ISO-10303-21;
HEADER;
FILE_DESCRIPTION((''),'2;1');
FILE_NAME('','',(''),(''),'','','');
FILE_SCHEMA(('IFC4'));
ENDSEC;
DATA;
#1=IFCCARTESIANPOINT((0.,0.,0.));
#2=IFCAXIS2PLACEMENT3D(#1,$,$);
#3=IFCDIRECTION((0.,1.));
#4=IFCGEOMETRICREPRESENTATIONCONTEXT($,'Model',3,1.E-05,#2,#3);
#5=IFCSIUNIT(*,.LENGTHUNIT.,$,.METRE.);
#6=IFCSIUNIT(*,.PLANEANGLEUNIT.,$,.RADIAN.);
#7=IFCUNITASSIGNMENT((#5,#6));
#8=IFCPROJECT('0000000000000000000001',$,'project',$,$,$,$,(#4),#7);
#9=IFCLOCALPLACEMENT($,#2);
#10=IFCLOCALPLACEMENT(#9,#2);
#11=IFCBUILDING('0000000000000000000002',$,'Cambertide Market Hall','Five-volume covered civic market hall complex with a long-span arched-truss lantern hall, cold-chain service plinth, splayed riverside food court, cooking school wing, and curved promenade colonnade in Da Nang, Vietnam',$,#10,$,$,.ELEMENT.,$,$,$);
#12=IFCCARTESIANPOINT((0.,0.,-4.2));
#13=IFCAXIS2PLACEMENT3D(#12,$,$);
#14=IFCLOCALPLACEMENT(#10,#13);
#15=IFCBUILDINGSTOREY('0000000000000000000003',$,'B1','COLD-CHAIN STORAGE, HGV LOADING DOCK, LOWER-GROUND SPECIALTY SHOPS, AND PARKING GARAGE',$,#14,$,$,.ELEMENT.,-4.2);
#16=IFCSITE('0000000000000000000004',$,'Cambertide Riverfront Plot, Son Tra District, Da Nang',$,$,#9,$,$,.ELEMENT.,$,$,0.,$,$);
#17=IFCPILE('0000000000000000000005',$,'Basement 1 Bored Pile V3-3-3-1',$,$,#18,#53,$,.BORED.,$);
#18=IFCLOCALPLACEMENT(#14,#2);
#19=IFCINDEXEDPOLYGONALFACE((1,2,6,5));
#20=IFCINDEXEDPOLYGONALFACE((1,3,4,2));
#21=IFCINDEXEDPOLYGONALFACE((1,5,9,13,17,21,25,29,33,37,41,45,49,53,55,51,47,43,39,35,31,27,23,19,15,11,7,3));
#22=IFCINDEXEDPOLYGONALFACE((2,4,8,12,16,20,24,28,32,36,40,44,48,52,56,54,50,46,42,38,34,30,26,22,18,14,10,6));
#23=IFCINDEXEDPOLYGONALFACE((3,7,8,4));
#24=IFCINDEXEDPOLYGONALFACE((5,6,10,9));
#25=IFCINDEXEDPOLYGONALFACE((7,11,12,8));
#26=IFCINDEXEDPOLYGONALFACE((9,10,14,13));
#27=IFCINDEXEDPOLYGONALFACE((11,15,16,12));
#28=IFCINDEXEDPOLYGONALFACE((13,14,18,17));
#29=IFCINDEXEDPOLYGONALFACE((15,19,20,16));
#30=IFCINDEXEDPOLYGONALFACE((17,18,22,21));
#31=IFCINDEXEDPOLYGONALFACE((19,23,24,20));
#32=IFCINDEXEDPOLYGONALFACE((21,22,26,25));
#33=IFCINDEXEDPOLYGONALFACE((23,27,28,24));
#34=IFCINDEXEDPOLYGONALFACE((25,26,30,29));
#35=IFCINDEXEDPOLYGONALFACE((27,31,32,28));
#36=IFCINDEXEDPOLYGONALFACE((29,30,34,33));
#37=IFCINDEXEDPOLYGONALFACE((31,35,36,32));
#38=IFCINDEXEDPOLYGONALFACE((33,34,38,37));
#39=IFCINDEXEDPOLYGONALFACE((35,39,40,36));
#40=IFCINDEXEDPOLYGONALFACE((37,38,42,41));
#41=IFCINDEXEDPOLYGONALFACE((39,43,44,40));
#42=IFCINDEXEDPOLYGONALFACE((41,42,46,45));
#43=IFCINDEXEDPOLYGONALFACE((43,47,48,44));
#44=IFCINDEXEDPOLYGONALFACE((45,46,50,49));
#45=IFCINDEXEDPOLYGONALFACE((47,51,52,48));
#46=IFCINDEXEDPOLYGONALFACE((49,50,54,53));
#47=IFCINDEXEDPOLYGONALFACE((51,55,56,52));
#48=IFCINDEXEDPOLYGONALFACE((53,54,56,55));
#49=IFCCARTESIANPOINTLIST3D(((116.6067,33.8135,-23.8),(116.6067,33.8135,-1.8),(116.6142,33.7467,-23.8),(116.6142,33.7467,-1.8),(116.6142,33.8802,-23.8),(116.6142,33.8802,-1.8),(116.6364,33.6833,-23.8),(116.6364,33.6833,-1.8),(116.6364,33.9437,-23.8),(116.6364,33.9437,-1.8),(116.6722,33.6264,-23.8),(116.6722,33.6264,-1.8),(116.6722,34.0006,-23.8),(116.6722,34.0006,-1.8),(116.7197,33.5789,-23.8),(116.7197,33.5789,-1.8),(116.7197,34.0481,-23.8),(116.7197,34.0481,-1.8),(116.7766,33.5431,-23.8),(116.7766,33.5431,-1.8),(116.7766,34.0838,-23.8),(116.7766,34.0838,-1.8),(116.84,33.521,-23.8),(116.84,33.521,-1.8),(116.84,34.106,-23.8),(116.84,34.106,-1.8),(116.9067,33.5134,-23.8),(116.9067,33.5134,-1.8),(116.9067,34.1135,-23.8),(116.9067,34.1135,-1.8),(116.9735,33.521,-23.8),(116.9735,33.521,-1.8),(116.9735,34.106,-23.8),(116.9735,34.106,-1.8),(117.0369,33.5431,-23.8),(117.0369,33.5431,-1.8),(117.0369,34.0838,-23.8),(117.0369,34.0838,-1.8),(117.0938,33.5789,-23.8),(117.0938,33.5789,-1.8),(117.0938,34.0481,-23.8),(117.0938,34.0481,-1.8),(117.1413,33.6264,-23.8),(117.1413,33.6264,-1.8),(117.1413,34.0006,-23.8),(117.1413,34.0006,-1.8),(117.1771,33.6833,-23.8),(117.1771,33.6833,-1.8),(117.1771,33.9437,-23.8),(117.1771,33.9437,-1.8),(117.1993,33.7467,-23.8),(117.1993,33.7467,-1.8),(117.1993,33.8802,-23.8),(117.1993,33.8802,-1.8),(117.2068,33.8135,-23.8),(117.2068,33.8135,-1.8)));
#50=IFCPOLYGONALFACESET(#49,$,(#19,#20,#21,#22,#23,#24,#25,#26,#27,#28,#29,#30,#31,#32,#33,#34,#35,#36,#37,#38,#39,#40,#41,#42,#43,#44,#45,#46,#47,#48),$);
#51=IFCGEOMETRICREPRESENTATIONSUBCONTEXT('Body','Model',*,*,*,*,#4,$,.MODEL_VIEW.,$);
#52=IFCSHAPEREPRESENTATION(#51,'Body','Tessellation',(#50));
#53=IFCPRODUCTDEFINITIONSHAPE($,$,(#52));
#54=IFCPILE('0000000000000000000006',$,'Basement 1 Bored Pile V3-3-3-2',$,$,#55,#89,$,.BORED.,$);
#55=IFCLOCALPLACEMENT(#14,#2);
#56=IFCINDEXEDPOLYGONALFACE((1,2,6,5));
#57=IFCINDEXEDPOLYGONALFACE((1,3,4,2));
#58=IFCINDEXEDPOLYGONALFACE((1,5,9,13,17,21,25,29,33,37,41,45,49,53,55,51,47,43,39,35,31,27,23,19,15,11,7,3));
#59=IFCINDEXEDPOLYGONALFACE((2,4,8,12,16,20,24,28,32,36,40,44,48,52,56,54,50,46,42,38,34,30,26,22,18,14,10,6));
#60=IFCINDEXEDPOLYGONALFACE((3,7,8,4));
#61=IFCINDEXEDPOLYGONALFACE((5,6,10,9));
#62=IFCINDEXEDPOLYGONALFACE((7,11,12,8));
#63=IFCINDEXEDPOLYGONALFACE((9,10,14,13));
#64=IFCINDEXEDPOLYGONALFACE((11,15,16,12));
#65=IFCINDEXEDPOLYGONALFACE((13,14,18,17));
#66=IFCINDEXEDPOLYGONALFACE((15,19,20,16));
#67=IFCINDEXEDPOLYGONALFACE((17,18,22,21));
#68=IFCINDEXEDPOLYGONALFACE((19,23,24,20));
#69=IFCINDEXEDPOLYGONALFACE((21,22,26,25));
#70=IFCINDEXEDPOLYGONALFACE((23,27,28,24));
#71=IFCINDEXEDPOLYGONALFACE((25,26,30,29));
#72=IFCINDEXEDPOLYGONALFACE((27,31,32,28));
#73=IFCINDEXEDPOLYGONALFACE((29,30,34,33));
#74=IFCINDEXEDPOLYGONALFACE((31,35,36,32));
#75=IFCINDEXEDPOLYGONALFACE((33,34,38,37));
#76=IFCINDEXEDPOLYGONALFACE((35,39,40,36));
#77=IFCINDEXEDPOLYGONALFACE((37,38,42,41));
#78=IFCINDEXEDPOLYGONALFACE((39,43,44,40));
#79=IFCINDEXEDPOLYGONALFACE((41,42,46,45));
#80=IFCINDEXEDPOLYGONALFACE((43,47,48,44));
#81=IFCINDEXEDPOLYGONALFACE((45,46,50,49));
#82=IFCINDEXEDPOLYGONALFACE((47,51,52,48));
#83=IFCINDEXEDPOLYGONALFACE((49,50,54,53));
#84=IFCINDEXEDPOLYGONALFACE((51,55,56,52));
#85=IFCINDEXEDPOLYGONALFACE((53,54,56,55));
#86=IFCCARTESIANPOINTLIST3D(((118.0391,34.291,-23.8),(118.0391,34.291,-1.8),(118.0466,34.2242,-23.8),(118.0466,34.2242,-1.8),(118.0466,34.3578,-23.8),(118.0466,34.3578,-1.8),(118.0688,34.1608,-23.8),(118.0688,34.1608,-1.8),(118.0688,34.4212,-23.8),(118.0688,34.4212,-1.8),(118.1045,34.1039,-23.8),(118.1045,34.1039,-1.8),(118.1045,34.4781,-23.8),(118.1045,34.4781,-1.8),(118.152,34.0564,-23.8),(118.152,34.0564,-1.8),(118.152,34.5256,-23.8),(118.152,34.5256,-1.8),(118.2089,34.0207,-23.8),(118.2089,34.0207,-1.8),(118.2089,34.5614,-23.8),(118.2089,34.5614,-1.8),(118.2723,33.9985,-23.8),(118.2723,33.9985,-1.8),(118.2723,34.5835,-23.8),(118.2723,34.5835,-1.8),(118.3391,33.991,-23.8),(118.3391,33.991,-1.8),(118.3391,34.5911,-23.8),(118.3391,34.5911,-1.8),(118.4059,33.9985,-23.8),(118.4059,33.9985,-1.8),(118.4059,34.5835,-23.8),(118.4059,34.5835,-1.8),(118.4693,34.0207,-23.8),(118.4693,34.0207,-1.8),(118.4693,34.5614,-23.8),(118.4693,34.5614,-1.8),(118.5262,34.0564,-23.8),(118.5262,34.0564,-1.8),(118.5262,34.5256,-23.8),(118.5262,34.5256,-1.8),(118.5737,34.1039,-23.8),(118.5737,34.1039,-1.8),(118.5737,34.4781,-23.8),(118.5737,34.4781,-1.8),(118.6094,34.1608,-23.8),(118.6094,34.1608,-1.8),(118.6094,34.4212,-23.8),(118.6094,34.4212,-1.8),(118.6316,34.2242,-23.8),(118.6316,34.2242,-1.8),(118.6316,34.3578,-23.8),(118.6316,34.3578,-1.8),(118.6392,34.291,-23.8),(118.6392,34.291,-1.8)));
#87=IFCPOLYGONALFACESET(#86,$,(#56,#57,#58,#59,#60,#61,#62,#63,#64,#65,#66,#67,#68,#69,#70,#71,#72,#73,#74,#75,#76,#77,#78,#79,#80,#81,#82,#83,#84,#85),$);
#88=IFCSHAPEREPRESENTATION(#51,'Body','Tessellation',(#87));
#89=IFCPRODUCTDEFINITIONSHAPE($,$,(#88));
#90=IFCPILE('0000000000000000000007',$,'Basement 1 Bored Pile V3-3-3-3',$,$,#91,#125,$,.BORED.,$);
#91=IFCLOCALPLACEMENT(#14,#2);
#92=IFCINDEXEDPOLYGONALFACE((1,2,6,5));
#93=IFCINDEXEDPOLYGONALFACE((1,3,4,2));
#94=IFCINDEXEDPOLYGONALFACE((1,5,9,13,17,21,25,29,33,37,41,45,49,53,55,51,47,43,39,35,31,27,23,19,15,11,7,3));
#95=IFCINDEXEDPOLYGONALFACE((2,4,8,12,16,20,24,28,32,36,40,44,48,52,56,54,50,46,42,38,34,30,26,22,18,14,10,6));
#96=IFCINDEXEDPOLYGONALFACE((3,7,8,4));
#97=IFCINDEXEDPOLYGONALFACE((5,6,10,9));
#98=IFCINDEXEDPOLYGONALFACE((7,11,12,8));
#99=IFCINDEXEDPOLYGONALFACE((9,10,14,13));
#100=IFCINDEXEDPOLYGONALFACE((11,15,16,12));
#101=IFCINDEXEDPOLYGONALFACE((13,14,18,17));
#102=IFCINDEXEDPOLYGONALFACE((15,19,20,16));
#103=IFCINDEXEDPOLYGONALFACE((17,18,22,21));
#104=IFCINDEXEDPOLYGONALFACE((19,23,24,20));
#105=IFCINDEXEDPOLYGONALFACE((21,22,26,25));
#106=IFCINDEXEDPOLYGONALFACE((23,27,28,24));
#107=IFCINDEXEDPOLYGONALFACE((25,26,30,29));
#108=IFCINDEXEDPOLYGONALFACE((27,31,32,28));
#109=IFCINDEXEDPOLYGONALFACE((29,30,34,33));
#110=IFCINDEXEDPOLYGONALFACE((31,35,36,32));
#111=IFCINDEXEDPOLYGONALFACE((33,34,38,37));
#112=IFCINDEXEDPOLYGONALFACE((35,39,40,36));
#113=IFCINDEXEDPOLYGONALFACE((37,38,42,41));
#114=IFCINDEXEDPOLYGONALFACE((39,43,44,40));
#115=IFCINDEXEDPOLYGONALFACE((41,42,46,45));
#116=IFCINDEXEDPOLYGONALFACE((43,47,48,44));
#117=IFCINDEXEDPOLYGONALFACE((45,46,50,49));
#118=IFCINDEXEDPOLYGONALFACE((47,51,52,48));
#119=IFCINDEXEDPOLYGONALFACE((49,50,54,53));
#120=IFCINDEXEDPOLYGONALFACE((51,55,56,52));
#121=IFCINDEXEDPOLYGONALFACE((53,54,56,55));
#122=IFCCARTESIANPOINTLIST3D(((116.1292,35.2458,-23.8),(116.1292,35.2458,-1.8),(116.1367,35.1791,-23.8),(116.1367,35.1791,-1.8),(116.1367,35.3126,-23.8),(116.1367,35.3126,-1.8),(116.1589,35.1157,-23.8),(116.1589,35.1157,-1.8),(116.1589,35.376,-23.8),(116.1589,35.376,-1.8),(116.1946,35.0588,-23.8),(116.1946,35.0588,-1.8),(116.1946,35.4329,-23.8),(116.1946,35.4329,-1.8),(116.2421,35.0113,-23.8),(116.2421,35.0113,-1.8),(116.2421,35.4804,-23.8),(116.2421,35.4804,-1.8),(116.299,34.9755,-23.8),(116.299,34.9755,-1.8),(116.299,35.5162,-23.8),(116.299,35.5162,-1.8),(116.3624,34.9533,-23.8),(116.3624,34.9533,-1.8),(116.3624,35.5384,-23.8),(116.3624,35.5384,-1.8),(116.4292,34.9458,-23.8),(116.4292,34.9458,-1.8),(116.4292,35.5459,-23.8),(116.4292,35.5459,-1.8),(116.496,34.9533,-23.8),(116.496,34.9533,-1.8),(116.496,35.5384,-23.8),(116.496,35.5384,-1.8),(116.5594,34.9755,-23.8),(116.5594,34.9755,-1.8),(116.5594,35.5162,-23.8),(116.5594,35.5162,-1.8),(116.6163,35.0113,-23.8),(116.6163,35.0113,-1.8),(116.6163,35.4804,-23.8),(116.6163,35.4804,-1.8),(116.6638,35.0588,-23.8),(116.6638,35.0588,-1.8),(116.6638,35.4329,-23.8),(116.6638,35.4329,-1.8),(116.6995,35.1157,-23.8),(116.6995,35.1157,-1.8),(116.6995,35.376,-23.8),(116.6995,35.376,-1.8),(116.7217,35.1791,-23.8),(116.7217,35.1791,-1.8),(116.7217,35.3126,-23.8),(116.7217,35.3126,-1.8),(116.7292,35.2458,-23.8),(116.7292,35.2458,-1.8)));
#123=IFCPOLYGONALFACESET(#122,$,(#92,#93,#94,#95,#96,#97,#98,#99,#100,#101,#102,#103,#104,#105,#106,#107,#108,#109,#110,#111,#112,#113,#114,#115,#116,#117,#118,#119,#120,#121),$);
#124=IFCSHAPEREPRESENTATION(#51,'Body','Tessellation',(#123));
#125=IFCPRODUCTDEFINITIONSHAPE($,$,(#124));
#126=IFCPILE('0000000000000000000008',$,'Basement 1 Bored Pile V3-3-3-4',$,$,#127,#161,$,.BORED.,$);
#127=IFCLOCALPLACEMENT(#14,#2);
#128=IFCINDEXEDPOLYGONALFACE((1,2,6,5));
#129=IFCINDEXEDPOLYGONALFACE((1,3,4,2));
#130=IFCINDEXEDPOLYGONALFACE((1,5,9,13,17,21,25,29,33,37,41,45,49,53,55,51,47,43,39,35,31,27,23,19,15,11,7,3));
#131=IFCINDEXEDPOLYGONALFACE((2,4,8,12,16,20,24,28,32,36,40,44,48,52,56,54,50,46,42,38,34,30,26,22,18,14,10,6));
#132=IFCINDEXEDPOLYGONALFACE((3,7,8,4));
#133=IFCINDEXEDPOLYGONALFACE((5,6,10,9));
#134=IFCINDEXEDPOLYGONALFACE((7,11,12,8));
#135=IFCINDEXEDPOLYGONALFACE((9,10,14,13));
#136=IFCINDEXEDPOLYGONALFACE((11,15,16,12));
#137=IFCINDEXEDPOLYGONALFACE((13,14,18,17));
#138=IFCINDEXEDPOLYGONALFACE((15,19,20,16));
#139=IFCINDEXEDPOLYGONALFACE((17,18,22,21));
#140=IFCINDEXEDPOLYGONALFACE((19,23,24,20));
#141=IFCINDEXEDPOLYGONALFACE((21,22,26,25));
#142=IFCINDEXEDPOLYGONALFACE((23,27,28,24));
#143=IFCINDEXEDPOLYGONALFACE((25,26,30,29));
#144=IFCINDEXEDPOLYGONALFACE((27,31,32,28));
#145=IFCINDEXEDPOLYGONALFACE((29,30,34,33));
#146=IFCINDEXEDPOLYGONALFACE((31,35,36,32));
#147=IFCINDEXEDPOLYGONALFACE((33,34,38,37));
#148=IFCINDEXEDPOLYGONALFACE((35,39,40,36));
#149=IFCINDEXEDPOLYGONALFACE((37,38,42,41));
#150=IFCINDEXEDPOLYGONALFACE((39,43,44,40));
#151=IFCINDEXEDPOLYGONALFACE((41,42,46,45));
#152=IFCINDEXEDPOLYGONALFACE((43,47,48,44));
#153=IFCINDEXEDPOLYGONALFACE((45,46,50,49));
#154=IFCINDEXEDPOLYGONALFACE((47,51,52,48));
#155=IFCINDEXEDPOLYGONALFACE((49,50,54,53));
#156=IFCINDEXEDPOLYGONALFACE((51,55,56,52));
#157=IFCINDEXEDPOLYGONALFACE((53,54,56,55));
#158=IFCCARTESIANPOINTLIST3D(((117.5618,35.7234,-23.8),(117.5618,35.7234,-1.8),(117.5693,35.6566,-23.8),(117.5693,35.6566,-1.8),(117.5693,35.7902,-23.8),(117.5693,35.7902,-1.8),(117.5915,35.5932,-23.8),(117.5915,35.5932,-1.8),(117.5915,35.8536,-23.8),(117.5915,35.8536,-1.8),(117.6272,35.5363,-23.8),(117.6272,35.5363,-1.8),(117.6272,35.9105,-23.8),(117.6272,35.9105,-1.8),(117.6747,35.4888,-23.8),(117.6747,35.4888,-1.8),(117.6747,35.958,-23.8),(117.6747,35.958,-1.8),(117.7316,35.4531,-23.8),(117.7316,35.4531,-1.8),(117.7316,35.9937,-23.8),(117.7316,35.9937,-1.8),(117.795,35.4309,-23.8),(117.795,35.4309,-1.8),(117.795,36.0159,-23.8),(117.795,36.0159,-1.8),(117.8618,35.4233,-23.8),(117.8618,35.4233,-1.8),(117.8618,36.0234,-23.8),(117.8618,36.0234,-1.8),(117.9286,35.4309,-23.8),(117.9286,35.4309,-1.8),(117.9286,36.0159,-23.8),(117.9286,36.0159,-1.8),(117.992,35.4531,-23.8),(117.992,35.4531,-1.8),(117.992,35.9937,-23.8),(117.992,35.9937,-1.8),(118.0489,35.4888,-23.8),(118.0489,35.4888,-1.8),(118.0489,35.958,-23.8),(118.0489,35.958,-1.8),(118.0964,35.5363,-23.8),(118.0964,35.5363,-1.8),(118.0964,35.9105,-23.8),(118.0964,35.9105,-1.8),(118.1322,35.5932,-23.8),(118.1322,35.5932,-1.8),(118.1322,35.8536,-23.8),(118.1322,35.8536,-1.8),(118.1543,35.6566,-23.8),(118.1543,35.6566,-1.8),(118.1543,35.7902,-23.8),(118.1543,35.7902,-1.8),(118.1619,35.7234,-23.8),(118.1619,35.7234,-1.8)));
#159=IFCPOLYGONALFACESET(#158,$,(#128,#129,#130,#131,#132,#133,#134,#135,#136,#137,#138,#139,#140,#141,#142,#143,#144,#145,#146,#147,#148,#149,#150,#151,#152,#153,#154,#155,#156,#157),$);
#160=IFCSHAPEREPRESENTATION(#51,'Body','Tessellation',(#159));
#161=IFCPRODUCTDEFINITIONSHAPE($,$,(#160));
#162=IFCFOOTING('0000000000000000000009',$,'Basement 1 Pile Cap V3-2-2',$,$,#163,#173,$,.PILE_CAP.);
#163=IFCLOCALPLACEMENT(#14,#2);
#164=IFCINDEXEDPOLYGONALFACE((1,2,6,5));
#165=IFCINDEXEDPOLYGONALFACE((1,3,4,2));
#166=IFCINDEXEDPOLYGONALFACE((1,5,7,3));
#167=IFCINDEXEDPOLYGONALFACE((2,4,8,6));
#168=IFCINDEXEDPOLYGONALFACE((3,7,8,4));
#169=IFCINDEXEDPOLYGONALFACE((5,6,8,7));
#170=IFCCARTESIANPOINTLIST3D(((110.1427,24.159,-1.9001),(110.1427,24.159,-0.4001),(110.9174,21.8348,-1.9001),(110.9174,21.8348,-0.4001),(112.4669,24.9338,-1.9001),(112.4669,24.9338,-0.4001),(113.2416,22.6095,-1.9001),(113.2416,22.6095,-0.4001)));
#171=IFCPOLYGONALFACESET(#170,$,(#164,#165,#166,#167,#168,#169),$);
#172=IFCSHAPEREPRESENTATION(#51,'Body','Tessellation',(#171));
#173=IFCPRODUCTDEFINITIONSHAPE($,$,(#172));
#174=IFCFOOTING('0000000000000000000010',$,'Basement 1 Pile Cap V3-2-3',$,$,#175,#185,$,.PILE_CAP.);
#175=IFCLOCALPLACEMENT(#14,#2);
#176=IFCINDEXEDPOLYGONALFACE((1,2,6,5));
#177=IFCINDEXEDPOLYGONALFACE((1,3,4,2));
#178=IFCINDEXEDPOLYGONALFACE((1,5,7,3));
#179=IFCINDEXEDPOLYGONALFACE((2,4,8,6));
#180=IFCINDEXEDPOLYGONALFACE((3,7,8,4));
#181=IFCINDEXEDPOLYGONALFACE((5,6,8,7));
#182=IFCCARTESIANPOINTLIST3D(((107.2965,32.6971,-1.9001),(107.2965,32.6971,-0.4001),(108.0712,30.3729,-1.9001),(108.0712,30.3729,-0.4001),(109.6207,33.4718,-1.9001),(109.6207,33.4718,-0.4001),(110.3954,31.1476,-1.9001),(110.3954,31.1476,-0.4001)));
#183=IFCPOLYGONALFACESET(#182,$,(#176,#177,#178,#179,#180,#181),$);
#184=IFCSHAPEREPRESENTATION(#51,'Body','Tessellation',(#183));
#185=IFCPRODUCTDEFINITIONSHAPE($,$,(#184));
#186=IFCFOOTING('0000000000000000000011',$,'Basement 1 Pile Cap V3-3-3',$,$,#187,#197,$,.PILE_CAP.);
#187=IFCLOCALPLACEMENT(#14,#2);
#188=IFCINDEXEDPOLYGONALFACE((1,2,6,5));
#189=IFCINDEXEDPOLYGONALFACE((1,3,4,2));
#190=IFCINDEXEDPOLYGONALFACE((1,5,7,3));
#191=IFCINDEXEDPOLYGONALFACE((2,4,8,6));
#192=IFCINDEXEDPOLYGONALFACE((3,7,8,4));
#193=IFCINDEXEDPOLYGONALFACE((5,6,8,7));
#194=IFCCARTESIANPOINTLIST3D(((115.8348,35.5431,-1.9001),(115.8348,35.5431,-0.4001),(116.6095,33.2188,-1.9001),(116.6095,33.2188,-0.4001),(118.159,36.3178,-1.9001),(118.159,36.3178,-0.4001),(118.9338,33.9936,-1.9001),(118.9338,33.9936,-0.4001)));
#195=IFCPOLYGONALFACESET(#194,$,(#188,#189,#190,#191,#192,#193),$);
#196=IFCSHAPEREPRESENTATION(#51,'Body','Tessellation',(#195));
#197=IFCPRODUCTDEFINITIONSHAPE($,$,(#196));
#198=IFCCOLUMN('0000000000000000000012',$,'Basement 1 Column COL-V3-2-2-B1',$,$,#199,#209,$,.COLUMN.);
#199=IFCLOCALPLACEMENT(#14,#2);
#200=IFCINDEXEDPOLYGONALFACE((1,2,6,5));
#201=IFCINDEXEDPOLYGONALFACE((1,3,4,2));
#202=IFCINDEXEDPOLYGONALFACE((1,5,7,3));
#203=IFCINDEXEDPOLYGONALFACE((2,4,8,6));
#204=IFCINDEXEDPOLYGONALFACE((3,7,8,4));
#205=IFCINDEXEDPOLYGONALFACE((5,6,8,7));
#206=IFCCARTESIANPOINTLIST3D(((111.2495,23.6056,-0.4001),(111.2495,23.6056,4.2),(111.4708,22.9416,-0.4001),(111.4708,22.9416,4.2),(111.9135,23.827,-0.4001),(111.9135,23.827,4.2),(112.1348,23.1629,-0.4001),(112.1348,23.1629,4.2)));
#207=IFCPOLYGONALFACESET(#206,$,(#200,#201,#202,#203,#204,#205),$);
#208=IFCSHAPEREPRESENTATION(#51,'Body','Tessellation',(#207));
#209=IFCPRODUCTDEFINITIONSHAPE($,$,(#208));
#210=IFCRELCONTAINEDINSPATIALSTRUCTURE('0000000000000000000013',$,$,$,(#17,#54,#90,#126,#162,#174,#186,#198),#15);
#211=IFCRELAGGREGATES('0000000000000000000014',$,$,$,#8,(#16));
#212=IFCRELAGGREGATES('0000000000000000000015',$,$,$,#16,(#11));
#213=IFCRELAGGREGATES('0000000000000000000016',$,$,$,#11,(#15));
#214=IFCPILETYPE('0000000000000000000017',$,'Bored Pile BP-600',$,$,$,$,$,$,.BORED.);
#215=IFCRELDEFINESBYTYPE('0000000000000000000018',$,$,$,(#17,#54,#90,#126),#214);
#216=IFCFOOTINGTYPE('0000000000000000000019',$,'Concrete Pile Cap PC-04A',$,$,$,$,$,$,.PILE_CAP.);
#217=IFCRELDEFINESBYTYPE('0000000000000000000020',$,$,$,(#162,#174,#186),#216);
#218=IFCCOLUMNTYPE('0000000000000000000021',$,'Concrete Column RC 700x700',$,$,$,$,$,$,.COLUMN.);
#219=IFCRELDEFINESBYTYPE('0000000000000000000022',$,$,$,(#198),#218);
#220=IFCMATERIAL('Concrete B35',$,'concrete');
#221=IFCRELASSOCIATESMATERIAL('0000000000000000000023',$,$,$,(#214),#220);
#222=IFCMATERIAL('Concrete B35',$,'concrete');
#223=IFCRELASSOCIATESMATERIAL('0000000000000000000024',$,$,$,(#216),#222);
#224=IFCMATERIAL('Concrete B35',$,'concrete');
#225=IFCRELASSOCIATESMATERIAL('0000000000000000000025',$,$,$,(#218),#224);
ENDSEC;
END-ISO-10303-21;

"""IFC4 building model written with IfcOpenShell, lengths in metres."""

from ifc_helpers import new_model, si_unit, direction, frame, origin, origin_2d, place, context, subcontext, project, spatial, rectangle, circle, extrude, material, material_profile, profile_set, type_object, element, save


model = new_model("IFC4")

# Units and contexts
model_context = context("Model", 3, precision=1e-05, world=origin(), true_north=direction((0.0, 1.0)))
body_context = subcontext(model_context, "Body", "Model", "MODEL_VIEW")
ifc_project = project(units=[si_unit("LENGTHUNIT", "METRE"), si_unit("PLANEANGLEUNIT", "RADIAN")], contexts=[model_context])

# Site, building, storey
site_placement = place(None, origin())
site = spatial("IfcSite", under=ifc_project, at=site_placement, Name="Cambertide Riverfront Plot, Son Tra District, Da Nang", CompositionType="ELEMENT", RefElevation=0.0)
building_placement = place(site_placement, origin())
building = spatial("IfcBuilding", under=site, at=building_placement, Name="Cambertide Market Hall", Description="Five-volume covered civic market hall complex with a long-span arched-truss lantern hall, cold-chain service plinth, splayed riverside food court, cooking school wing, and curved promenade colonnade in Da Nang, Vietnam", CompositionType="ELEMENT")
storey_placement = place(building_placement, frame((0.0, 0.0, -4.2)))
storey = spatial("IfcBuildingStorey", under=building, at=storey_placement, Name="B1", Description="COLD-CHAIN STORAGE, HGV LOADING DOCK, LOWER-GROUND SPECIALTY SHOPS, AND PARKING GARAGE", CompositionType="ELEMENT", Elevation=-4.2)

# Piles
ifc_material_1 = material(Name="Concrete B35", Category="concrete")
ifc_material_profile_1 = material_profile(ifc_material_1, circle(Radius=0.3, at=origin_2d()), Name="BP D600")
ifc_profile_set_1 = profile_set([ifc_material_profile_1], Name="Concrete B35")
pile_type = type_object("IfcPileType", Name="Bored Pile BP-600", PredefinedType="BORED", material=ifc_profile_set_1)
for number, where, z_axis, x_axis, name in (
    (1, (116.9067, 33.8135, -1.8), (0.0, 0.0, -1.0), (1.0, 0.0, 0.0), "Basement 1 Bored Pile V3-3-3-1"),
    (2, (118.3391, 34.291, -1.8), (0.0, 0.0, -1.0), (1.0, 0.0, 0.0), "Basement 1 Bored Pile V3-3-3-2"),
    (3, (116.4292, 35.2458, -1.8), (0.0, 0.0, -1.0), (1.0, 0.0, 0.0), "Basement 1 Bored Pile V3-3-3-3"),
    (4, (117.8618, 35.7234, -1.8), (0.0, 0.0, -1.0), (1.0, 0.0, 0.0), "Basement 1 Bored Pile V3-3-3-4"),
):
    element("IfcPile", number, at=place(storey_placement, frame(where, z_axis=z_axis, x_axis=x_axis)), inside=storey, type_object=pile_type, Name=name, PredefinedType="BORED", context=body_context, shape_type="SweptSolid", body=[
        extrude(circle(Radius=0.3, at=origin_2d()), origin(), (0.0, 0.0, 1.0), 22.0),
    ])

# Footings
ifc_material_2 = material(Name="Concrete B35", Category="concrete")
footing_type = type_object("IfcFootingType", Name="Concrete Pile Cap PC-04A", PredefinedType="PILE_CAP", material=ifc_material_2)
for number, where, z_axis, x_axis, name in (
    (5, (111.6921, 23.3843, -1.9001), (0.0, 0.0, 1.0), (0.948683, 0.316228, 0.0), "Basement 1 Pile Cap V3-2-2"),
    (6, (108.8459, 31.9224, -1.9001), (0.0, 0.0, 1.0), (0.948683, 0.316228, 0.0), "Basement 1 Pile Cap V3-2-3"),
    (7, (117.3843, 34.7683, -1.9001), (0.0, 0.0, 1.0), (0.948683, 0.316228, 0.0), "Basement 1 Pile Cap V3-3-3"),
):
    element("IfcFooting", number, at=place(storey_placement, frame(where, z_axis=z_axis, x_axis=x_axis)), inside=storey, type_object=footing_type, Name=name, PredefinedType="PILE_CAP", context=body_context, shape_type="SweptSolid", body=[
        extrude(rectangle(XDim=2.45, YDim=2.45, at=origin_2d()), origin(), (0.0, 0.0, 1.0), 1.5),
    ])

# Column
ifc_material_3 = material(Name="Concrete B35", Category="concrete")
ifc_material_profile_2 = material_profile(ifc_material_3, rectangle(XDim=0.7, YDim=0.7, at=origin_2d()), Name="RC 700x700")
ifc_profile_set_2 = profile_set([ifc_material_profile_2], Name="Concrete B35")
column_type = type_object("IfcColumnType", Name="Concrete Column RC 700x700", PredefinedType="COLUMN", material=ifc_profile_set_2)
for number, where, z_axis, x_axis, name in (
    (8, (111.6921, 23.3843, -0.4001), (0.0, 0.0, 1.0), (0.948683, 0.316228, 0.0), "Basement 1 Column COL-V3-2-2-B1"),
):
    element("IfcColumn", number, at=place(storey_placement, frame(where, z_axis=z_axis, x_axis=x_axis)), inside=storey, type_object=column_type, Name=name, PredefinedType="COLUMN", context=body_context, shape_type="SweptSolid", body=[
        extrude(rectangle(XDim=0.7, YDim=0.7, at=origin_2d()), origin(), (0.0, 0.0, 1.0), 4.6001),
    ])

save(model, "model.ifc")
